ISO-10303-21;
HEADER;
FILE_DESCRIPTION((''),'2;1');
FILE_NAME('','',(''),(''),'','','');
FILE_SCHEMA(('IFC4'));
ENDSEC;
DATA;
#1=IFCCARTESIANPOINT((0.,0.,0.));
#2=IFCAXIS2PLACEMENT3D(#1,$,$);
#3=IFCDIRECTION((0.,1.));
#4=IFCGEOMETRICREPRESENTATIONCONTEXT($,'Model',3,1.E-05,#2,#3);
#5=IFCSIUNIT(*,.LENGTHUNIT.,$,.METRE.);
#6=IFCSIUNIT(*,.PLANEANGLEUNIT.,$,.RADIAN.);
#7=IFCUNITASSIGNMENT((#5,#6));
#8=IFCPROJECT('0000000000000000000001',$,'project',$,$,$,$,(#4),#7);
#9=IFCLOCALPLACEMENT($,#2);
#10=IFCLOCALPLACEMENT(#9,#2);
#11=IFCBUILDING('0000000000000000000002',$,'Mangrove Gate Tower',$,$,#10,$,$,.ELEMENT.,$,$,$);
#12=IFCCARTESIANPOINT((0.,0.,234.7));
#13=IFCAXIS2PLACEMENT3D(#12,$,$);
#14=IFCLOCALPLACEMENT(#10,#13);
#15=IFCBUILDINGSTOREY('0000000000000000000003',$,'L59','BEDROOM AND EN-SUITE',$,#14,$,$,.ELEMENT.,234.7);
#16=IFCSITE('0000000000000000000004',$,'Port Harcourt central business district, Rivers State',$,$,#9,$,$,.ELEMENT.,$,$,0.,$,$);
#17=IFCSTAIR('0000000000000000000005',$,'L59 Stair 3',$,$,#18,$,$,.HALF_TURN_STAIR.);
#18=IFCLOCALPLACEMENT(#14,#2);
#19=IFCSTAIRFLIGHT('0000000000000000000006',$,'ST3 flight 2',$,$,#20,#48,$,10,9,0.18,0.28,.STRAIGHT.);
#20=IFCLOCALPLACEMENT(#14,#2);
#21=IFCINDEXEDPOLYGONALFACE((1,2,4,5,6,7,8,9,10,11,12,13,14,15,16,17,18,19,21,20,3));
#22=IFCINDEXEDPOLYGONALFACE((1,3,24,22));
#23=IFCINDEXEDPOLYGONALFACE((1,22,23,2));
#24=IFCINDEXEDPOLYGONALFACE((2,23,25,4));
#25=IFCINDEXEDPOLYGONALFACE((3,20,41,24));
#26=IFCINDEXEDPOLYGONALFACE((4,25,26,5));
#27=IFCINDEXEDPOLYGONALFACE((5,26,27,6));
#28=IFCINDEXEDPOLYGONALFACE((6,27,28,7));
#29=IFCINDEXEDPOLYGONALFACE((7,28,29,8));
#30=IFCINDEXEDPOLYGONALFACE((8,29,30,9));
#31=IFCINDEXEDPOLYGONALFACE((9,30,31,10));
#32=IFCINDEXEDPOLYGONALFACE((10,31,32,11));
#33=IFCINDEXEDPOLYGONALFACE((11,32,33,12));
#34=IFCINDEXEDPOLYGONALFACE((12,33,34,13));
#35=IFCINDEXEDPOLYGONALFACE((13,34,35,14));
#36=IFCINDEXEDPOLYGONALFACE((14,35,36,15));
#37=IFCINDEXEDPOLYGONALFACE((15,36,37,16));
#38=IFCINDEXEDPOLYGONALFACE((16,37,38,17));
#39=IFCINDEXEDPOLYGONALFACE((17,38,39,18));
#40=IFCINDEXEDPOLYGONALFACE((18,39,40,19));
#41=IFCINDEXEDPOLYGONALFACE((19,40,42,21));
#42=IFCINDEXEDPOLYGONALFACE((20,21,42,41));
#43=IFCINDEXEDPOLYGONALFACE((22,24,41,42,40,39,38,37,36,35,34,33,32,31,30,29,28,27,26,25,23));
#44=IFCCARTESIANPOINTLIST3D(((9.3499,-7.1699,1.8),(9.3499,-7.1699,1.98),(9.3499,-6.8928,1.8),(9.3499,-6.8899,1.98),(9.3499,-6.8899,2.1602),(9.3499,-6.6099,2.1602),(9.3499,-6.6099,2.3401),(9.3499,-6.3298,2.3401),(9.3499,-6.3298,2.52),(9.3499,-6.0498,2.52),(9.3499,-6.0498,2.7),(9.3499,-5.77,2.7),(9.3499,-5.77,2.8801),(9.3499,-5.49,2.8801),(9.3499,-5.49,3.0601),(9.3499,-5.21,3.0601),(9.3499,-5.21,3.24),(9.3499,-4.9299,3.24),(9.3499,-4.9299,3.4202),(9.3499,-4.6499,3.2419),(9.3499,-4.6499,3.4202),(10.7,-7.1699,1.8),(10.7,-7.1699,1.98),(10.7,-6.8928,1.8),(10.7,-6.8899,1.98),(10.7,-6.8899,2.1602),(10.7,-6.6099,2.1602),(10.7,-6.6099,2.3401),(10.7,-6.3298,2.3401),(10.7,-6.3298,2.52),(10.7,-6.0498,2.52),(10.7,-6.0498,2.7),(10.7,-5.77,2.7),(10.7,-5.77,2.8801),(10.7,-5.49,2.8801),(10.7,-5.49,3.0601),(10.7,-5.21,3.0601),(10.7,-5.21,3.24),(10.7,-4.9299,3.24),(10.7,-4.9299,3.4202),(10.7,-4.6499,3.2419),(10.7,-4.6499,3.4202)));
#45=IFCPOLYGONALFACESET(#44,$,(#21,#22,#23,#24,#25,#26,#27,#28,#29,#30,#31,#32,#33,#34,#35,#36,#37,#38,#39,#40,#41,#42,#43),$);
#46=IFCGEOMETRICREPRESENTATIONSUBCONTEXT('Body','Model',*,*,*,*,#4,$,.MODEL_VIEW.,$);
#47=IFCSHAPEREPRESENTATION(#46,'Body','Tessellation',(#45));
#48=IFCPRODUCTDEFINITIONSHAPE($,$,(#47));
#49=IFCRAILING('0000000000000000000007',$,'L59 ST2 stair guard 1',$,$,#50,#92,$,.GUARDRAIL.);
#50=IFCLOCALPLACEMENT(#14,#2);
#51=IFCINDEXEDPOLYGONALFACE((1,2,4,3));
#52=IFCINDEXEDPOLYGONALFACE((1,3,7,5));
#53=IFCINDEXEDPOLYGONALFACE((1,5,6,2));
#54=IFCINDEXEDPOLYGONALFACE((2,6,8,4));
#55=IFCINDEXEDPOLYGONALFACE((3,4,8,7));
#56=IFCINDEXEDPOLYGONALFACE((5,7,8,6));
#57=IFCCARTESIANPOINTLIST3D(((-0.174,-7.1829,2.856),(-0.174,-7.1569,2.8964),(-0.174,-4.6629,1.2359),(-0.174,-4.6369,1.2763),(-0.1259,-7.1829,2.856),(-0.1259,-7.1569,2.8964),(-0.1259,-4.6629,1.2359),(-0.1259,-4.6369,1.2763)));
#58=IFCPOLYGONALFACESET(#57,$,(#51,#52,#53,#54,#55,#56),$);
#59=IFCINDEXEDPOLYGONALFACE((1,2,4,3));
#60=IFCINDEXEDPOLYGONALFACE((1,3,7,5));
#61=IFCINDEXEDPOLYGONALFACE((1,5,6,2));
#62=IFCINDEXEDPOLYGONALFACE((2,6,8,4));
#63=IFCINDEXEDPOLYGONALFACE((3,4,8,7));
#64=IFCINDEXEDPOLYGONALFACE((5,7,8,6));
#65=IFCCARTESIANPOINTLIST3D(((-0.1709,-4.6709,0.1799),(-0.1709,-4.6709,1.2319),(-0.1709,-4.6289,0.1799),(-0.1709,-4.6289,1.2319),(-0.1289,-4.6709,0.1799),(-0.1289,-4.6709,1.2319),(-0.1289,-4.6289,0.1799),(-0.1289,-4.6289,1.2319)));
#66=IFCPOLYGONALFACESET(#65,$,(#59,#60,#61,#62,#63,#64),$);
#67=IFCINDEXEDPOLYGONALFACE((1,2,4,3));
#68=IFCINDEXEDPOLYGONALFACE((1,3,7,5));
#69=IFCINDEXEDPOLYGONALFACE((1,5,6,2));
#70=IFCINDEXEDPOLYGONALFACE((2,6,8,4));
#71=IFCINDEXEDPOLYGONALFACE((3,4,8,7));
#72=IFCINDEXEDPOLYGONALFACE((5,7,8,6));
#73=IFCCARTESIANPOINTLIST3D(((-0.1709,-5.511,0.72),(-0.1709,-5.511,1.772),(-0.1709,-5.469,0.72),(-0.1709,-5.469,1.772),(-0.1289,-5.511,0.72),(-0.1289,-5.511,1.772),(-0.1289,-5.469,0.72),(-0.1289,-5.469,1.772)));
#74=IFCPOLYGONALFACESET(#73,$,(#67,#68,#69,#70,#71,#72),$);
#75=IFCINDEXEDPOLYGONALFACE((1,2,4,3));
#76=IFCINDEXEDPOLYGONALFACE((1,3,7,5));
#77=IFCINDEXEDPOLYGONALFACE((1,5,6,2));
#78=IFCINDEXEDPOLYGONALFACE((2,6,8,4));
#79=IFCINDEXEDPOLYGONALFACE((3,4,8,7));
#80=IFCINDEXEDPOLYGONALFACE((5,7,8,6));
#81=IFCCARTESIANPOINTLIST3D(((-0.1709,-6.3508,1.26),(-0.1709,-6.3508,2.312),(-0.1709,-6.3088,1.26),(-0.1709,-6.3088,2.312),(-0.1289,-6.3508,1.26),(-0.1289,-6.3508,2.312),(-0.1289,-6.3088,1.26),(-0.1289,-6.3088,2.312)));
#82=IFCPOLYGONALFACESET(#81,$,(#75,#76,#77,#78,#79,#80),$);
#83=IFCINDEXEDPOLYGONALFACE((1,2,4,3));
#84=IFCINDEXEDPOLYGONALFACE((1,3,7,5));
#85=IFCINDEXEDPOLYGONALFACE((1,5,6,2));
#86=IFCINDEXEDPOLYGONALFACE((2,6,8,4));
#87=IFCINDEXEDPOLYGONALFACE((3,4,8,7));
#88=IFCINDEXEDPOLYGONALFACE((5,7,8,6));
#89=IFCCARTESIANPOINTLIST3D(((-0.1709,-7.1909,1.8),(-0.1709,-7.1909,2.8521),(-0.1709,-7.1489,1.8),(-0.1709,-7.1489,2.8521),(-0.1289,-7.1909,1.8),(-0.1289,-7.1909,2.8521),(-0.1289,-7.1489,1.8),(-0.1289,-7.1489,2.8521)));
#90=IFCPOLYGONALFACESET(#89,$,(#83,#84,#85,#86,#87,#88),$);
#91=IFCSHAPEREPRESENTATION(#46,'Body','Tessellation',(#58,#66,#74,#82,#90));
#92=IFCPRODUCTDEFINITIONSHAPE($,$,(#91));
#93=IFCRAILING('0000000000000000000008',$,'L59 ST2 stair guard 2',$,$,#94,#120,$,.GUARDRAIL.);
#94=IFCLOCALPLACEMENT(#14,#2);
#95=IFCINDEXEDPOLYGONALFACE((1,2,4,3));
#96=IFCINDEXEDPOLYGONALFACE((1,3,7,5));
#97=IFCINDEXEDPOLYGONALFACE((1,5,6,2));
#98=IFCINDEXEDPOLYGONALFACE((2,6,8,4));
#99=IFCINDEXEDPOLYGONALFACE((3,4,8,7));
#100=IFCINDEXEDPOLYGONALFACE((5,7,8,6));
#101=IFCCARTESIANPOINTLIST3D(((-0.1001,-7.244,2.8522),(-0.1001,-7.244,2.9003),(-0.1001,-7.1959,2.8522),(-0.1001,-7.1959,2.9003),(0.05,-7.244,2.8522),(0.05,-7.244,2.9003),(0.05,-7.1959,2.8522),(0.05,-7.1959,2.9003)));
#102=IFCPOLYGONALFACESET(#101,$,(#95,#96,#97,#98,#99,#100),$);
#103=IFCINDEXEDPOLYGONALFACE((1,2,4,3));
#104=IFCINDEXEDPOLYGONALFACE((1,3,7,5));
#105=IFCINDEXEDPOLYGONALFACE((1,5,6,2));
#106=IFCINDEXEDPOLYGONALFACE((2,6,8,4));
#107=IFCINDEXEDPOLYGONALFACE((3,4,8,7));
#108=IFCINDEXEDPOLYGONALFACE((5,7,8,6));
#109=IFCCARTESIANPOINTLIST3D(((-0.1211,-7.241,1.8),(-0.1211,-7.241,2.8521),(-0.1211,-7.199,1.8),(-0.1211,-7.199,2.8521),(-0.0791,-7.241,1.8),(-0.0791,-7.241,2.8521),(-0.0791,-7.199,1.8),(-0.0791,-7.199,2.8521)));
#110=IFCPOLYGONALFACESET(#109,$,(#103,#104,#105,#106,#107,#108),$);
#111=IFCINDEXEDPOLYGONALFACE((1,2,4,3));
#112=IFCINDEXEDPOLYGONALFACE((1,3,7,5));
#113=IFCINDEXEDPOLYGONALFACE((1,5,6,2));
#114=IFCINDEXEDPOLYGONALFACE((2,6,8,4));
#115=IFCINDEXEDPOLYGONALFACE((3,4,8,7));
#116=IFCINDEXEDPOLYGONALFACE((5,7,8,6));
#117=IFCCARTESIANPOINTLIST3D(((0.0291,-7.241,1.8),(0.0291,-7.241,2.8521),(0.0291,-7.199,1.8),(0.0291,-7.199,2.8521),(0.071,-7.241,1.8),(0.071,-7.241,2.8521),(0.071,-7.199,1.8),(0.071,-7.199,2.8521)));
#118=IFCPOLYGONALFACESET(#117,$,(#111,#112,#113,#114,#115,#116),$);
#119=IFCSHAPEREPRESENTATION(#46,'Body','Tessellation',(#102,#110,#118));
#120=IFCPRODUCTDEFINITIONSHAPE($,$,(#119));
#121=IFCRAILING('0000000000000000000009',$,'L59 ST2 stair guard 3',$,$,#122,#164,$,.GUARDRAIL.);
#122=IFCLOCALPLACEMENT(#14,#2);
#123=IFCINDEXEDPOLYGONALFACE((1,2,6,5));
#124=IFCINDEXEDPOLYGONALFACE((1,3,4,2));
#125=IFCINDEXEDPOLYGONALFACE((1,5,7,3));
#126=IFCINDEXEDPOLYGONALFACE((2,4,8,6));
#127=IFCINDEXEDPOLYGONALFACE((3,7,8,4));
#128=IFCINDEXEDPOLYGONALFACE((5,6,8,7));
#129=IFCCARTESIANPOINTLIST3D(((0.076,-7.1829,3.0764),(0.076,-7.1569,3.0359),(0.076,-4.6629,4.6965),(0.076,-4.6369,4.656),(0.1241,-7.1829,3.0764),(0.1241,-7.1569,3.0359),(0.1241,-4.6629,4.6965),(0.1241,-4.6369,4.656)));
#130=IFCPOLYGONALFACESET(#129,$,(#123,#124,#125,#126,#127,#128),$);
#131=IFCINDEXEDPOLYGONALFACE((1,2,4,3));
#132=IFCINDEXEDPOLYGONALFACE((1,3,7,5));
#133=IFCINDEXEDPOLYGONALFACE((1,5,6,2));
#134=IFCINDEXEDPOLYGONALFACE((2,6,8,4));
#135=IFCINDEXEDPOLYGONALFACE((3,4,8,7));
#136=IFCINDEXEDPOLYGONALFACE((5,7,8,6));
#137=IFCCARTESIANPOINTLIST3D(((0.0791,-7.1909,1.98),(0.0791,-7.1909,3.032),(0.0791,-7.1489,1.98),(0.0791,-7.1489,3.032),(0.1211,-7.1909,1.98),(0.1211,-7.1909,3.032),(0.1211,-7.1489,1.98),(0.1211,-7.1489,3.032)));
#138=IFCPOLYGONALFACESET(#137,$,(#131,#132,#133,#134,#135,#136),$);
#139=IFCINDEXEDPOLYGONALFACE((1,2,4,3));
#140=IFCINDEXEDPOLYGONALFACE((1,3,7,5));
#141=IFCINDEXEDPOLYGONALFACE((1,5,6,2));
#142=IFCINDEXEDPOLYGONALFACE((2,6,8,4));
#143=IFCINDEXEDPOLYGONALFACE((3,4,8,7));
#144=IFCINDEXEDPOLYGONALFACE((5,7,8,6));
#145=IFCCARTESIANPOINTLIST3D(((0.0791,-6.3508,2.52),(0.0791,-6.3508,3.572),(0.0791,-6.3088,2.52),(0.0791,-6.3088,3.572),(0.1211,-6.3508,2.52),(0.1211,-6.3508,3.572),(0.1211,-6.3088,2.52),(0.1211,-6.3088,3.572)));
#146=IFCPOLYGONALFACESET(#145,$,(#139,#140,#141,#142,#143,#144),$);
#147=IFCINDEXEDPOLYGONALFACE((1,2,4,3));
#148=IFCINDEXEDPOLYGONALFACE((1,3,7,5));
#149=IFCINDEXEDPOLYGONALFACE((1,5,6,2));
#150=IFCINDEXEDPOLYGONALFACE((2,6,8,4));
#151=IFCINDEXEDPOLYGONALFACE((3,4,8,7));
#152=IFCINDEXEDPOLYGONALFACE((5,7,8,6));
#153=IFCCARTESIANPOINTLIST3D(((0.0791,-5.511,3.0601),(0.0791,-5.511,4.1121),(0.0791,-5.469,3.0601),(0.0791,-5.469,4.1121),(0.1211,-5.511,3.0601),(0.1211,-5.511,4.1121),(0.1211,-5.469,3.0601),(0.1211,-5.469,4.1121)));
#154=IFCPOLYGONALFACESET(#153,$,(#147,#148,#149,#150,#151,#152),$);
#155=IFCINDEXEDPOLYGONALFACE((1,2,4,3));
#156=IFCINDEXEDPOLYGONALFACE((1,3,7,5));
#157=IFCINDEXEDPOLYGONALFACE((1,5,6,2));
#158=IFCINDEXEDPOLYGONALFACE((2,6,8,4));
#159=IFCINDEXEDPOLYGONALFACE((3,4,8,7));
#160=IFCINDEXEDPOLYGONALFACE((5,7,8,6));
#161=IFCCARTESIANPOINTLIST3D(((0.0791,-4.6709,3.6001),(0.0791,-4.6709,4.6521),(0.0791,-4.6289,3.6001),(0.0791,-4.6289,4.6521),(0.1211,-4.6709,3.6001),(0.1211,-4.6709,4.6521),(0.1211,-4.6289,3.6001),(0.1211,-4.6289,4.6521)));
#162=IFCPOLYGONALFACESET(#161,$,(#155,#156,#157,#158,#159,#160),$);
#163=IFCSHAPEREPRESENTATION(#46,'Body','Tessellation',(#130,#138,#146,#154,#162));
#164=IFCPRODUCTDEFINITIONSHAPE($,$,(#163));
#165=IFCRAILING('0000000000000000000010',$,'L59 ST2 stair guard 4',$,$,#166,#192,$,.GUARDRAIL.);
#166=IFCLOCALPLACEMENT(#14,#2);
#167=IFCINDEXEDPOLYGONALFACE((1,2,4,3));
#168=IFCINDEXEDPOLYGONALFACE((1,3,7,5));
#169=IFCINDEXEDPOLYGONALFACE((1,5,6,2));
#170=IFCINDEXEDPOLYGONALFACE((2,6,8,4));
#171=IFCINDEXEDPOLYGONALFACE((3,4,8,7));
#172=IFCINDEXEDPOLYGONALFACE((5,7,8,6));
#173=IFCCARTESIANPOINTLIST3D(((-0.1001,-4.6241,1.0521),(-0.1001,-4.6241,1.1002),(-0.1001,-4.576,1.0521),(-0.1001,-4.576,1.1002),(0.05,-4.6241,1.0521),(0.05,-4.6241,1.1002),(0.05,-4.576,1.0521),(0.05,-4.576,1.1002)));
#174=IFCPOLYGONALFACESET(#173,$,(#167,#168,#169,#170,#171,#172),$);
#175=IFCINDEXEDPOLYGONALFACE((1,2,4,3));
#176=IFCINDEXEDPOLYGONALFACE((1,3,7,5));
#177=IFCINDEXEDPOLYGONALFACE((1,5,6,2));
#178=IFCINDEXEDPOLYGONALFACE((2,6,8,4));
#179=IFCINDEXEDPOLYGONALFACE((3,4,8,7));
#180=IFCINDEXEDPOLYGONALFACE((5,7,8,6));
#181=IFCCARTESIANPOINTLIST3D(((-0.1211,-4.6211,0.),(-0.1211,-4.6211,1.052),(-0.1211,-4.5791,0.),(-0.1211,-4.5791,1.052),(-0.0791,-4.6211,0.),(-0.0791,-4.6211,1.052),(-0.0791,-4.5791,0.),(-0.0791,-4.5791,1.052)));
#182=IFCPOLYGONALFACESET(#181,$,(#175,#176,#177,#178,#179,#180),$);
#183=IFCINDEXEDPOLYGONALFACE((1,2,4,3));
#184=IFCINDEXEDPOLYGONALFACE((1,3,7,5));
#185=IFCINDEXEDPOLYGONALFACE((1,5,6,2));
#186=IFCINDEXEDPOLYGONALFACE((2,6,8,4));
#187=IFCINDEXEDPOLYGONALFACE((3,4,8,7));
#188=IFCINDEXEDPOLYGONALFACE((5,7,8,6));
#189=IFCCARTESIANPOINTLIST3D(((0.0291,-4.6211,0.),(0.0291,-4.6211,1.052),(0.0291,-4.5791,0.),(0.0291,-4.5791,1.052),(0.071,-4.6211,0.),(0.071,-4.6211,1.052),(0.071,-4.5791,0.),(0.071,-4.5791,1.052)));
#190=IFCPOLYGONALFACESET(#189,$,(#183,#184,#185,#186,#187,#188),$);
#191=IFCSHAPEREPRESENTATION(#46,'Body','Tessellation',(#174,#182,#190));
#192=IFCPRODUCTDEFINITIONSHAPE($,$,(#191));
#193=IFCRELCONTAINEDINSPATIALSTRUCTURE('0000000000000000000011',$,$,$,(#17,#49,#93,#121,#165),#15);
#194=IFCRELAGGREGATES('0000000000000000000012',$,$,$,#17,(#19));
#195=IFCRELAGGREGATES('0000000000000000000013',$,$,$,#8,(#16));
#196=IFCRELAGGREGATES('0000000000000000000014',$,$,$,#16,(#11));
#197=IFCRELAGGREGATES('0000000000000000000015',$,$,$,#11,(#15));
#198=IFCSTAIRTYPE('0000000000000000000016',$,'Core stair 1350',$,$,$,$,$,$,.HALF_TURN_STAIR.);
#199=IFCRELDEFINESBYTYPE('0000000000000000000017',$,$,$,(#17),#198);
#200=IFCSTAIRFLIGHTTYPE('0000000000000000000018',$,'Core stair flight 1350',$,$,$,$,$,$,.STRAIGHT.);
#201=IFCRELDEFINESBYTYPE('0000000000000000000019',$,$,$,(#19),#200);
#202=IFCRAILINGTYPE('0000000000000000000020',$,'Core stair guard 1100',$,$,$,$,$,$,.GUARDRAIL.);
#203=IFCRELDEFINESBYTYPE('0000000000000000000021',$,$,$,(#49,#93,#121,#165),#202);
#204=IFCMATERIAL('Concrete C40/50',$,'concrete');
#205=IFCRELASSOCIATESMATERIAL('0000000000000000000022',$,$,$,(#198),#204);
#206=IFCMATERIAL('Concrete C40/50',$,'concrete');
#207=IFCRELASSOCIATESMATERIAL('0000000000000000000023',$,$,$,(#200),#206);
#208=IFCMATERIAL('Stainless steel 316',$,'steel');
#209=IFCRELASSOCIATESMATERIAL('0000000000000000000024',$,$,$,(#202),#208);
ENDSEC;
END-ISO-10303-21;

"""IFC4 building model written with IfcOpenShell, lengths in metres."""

from ifc_helpers import new_model, si_unit, direction, frame, origin, origin_2d, place, context, subcontext, project, spatial, polyline, rectangle, outline, extrude, material, type_object, element, aggregate, save


model = new_model("IFC4")

# Units and contexts
model_context = context("Model", 3, precision=1e-05, world=origin(), true_north=direction((0.0, 1.0)))
body_context = subcontext(model_context, "Body", "Model", "MODEL_VIEW")
ifc_project = project(units=[si_unit("LENGTHUNIT", "METRE"), si_unit("PLANEANGLEUNIT", "RADIAN")], contexts=[model_context])

# Site, building, storey
site_placement = place(None, origin())
site = spatial("IfcSite", under=ifc_project, at=site_placement, Name="Port Harcourt central business district, Rivers State", CompositionType="ELEMENT", RefElevation=0.0)
building_placement = place(site_placement, origin())
building = spatial("IfcBuilding", under=site, at=building_placement, Name="Mangrove Gate Tower", CompositionType="ELEMENT")
storey_placement = place(building_placement, frame((0.0, 0.0, 234.7)))
storey = spatial("IfcBuildingStorey", under=building, at=storey_placement, Name="L59", Description="BEDROOM AND EN-SUITE", CompositionType="ELEMENT", Elevation=234.7)

# Stair, stair flight
ifc_material_1 = material(Name="Concrete C40/50", Category="concrete")
stair_type = type_object("IfcStairType", Name="Core stair 1350", PredefinedType="HALF_TURN_STAIR", material=ifc_material_1)
ifc_material_2 = material(Name="Concrete C40/50", Category="concrete")
stair_flight_type = type_object("IfcStairFlightType", Name="Core stair flight 1350", PredefinedType="STRAIGHT", material=ifc_material_2)
stair_1_placement = place(storey_placement, origin())
stair_1 = element("IfcStair", 1, at=stair_1_placement, inside=storey, type_object=stair_type, Name="L59 Stair 3", PredefinedType="HALF_TURN_STAIR")
stair_flight_1_placement = place(storey_placement, frame((10.0249, -7.1699, 1.8), z_axis=(0.0, 0.0, 1.0), x_axis=(0.0, 1.0, 0.0)))
stair_flight_1 = element("IfcStairFlight", 2, at=stair_flight_1_placement, type_object=stair_flight_type, Name="ST3 flight 2", NumberOfRisers=10, NumberOfTreads=9, PredefinedType="STRAIGHT", RiserHeight=0.18, TreadLength=0.28, context=body_context, shape_type="SweptSolid", body=[
    extrude(outline(polyline([(0.0, 0.0), (0.0, 0.1799), (0.28, 0.1799), (0.28, 0.3601), (0.5601, 0.3601), (0.5601, 0.54), (0.8401, 0.54), (0.8401, 0.72), (1.1201, 0.72), (1.1201, 0.8999), (1.3999, 0.8999), (1.3999, 1.0801), (1.6799, 1.0801), (1.6799, 1.26), (1.96, 1.26), (1.96, 1.4399), (2.24, 1.4399), (2.24, 1.6201), (2.52, 1.6201), (2.52, 1.8), (2.52, 1.4419), (0.2771, 0.0), (0.0, 0.0)])), frame((0.0, 0.675, 0.0), z_axis=(0.0, -1.0, 0.0), x_axis=(1.0, 0.0, 0.0)), (0.0, 0.0, 1.0), 1.3501),
])
aggregate(stair_1, [stair_flight_1])

# Railings
ifc_material_3 = material(Name="Stainless steel 316", Category="steel")
railing_type_1 = type_object("IfcRailingType", Name="Core stair guard 1100", PredefinedType="GUARDRAIL", material=ifc_material_3)
railing_1_placement = place(storey_placement, frame((-0.1499, -4.6499, 0.1799)))
element("IfcRailing", 3, at=railing_1_placement, inside=storey, type_object=railing_type_1, Name="L59 ST2 stair guard 1", PredefinedType="GUARDRAIL", context=body_context, shape_type="SweptSolid", body=[
    extrude(rectangle(XDim=0.0481, YDim=0.0481, at=origin_2d()), frame((0.0, 0.0, 1.0762), z_axis=(0.0, -0.841163, 0.540782), x_axis=(1.0, 0.0, 0.0)), (0.0, 0.0, 1.0), 2.9958),
    extrude(rectangle(XDim=0.042, YDim=0.042, at=origin_2d()), origin(), (0.0, 0.0, 1.0), 1.052),
    extrude(rectangle(XDim=0.042, YDim=0.042, at=origin_2d()), frame((0.0, -0.8401, 0.54)), (0.0, 0.0, 1.0), 1.052),
    extrude(rectangle(XDim=0.042, YDim=0.042, at=origin_2d()), frame((0.0, -1.6799, 1.0801)), (0.0, 0.0, 1.0), 1.052),
    extrude(rectangle(XDim=0.042, YDim=0.042, at=origin_2d()), frame((0.0, -2.52, 1.6201)), (0.0, 0.0, 1.0), 1.052),
])
railing_2_placement = place(storey_placement, frame((-0.1001, -7.22, 1.8)))
element("IfcRailing", 4, at=railing_2_placement, inside=storey, type_object=railing_type_1, Name="L59 ST2 stair guard 2", PredefinedType="GUARDRAIL", context=body_context, shape_type="SweptSolid", body=[
    extrude(rectangle(XDim=0.0481, YDim=0.0481, at=origin_2d()), frame((0.0, 0.0, 1.0762), z_axis=(1.0, 0.0, 0.0), x_axis=(0.0, 1.0, 0.0)), (0.0, 0.0, 1.0), 0.1501),
    extrude(rectangle(XDim=0.042, YDim=0.042, at=origin_2d()), origin(), (0.0, 0.0, 1.0), 1.052),
    extrude(rectangle(XDim=0.042, YDim=0.042, at=origin_2d()), frame((0.1501, 0.0, 0.0)), (0.0, 0.0, 1.0), 1.052),
])
railing_3_placement = place(storey_placement, frame((0.1001, -7.1699, 1.98)))
element("IfcRailing", 5, at=railing_3_placement, inside=storey, type_object=railing_type_1, Name="L59 ST2 stair guard 3", PredefinedType="GUARDRAIL", context=body_context, shape_type="SweptSolid", body=[
    extrude(rectangle(XDim=0.0481, YDim=0.0481, at=origin_2d()), frame((0.0, 0.0, 1.0762), z_axis=(0.0, 0.841163, 0.540782), x_axis=(-1.0, 0.0, 0.0)), (0.0, 0.0, 1.0), 2.9958),
    extrude(rectangle(XDim=0.042, YDim=0.042, at=origin_2d()), origin(), (0.0, 0.0, 1.0), 1.052),
    extrude(rectangle(XDim=0.042, YDim=0.042, at=origin_2d()), frame((0.0, 0.8401, 0.54)), (0.0, 0.0, 1.0), 1.052),
    extrude(rectangle(XDim=0.042, YDim=0.042, at=origin_2d()), frame((0.0, 1.6799, 1.0801)), (0.0, 0.0, 1.0), 1.052),
    extrude(rectangle(XDim=0.042, YDim=0.042, at=origin_2d()), frame((0.0, 2.52, 1.6201)), (0.0, 0.0, 1.0), 1.052),
])
railing_4_placement = place(storey_placement, frame((-0.1001, -4.6001, 0.0)))
element("IfcRailing", 6, at=railing_4_placement, inside=storey, type_object=railing_type_1, Name="L59 ST2 stair guard 4", PredefinedType="GUARDRAIL", context=body_context, shape_type="SweptSolid", body=[
    extrude(rectangle(XDim=0.0481, YDim=0.0481, at=origin_2d()), frame((0.0, 0.0, 1.0762), z_axis=(1.0, 0.0, 0.0), x_axis=(0.0, 1.0, 0.0)), (0.0, 0.0, 1.0), 0.1501),
    extrude(rectangle(XDim=0.042, YDim=0.042, at=origin_2d()), origin(), (0.0, 0.0, 1.0), 1.052),
    extrude(rectangle(XDim=0.042, YDim=0.042, at=origin_2d()), frame((0.1501, 0.0, 0.0)), (0.0, 0.0, 1.0), 1.052),
])

save(model, "model.ifc")
